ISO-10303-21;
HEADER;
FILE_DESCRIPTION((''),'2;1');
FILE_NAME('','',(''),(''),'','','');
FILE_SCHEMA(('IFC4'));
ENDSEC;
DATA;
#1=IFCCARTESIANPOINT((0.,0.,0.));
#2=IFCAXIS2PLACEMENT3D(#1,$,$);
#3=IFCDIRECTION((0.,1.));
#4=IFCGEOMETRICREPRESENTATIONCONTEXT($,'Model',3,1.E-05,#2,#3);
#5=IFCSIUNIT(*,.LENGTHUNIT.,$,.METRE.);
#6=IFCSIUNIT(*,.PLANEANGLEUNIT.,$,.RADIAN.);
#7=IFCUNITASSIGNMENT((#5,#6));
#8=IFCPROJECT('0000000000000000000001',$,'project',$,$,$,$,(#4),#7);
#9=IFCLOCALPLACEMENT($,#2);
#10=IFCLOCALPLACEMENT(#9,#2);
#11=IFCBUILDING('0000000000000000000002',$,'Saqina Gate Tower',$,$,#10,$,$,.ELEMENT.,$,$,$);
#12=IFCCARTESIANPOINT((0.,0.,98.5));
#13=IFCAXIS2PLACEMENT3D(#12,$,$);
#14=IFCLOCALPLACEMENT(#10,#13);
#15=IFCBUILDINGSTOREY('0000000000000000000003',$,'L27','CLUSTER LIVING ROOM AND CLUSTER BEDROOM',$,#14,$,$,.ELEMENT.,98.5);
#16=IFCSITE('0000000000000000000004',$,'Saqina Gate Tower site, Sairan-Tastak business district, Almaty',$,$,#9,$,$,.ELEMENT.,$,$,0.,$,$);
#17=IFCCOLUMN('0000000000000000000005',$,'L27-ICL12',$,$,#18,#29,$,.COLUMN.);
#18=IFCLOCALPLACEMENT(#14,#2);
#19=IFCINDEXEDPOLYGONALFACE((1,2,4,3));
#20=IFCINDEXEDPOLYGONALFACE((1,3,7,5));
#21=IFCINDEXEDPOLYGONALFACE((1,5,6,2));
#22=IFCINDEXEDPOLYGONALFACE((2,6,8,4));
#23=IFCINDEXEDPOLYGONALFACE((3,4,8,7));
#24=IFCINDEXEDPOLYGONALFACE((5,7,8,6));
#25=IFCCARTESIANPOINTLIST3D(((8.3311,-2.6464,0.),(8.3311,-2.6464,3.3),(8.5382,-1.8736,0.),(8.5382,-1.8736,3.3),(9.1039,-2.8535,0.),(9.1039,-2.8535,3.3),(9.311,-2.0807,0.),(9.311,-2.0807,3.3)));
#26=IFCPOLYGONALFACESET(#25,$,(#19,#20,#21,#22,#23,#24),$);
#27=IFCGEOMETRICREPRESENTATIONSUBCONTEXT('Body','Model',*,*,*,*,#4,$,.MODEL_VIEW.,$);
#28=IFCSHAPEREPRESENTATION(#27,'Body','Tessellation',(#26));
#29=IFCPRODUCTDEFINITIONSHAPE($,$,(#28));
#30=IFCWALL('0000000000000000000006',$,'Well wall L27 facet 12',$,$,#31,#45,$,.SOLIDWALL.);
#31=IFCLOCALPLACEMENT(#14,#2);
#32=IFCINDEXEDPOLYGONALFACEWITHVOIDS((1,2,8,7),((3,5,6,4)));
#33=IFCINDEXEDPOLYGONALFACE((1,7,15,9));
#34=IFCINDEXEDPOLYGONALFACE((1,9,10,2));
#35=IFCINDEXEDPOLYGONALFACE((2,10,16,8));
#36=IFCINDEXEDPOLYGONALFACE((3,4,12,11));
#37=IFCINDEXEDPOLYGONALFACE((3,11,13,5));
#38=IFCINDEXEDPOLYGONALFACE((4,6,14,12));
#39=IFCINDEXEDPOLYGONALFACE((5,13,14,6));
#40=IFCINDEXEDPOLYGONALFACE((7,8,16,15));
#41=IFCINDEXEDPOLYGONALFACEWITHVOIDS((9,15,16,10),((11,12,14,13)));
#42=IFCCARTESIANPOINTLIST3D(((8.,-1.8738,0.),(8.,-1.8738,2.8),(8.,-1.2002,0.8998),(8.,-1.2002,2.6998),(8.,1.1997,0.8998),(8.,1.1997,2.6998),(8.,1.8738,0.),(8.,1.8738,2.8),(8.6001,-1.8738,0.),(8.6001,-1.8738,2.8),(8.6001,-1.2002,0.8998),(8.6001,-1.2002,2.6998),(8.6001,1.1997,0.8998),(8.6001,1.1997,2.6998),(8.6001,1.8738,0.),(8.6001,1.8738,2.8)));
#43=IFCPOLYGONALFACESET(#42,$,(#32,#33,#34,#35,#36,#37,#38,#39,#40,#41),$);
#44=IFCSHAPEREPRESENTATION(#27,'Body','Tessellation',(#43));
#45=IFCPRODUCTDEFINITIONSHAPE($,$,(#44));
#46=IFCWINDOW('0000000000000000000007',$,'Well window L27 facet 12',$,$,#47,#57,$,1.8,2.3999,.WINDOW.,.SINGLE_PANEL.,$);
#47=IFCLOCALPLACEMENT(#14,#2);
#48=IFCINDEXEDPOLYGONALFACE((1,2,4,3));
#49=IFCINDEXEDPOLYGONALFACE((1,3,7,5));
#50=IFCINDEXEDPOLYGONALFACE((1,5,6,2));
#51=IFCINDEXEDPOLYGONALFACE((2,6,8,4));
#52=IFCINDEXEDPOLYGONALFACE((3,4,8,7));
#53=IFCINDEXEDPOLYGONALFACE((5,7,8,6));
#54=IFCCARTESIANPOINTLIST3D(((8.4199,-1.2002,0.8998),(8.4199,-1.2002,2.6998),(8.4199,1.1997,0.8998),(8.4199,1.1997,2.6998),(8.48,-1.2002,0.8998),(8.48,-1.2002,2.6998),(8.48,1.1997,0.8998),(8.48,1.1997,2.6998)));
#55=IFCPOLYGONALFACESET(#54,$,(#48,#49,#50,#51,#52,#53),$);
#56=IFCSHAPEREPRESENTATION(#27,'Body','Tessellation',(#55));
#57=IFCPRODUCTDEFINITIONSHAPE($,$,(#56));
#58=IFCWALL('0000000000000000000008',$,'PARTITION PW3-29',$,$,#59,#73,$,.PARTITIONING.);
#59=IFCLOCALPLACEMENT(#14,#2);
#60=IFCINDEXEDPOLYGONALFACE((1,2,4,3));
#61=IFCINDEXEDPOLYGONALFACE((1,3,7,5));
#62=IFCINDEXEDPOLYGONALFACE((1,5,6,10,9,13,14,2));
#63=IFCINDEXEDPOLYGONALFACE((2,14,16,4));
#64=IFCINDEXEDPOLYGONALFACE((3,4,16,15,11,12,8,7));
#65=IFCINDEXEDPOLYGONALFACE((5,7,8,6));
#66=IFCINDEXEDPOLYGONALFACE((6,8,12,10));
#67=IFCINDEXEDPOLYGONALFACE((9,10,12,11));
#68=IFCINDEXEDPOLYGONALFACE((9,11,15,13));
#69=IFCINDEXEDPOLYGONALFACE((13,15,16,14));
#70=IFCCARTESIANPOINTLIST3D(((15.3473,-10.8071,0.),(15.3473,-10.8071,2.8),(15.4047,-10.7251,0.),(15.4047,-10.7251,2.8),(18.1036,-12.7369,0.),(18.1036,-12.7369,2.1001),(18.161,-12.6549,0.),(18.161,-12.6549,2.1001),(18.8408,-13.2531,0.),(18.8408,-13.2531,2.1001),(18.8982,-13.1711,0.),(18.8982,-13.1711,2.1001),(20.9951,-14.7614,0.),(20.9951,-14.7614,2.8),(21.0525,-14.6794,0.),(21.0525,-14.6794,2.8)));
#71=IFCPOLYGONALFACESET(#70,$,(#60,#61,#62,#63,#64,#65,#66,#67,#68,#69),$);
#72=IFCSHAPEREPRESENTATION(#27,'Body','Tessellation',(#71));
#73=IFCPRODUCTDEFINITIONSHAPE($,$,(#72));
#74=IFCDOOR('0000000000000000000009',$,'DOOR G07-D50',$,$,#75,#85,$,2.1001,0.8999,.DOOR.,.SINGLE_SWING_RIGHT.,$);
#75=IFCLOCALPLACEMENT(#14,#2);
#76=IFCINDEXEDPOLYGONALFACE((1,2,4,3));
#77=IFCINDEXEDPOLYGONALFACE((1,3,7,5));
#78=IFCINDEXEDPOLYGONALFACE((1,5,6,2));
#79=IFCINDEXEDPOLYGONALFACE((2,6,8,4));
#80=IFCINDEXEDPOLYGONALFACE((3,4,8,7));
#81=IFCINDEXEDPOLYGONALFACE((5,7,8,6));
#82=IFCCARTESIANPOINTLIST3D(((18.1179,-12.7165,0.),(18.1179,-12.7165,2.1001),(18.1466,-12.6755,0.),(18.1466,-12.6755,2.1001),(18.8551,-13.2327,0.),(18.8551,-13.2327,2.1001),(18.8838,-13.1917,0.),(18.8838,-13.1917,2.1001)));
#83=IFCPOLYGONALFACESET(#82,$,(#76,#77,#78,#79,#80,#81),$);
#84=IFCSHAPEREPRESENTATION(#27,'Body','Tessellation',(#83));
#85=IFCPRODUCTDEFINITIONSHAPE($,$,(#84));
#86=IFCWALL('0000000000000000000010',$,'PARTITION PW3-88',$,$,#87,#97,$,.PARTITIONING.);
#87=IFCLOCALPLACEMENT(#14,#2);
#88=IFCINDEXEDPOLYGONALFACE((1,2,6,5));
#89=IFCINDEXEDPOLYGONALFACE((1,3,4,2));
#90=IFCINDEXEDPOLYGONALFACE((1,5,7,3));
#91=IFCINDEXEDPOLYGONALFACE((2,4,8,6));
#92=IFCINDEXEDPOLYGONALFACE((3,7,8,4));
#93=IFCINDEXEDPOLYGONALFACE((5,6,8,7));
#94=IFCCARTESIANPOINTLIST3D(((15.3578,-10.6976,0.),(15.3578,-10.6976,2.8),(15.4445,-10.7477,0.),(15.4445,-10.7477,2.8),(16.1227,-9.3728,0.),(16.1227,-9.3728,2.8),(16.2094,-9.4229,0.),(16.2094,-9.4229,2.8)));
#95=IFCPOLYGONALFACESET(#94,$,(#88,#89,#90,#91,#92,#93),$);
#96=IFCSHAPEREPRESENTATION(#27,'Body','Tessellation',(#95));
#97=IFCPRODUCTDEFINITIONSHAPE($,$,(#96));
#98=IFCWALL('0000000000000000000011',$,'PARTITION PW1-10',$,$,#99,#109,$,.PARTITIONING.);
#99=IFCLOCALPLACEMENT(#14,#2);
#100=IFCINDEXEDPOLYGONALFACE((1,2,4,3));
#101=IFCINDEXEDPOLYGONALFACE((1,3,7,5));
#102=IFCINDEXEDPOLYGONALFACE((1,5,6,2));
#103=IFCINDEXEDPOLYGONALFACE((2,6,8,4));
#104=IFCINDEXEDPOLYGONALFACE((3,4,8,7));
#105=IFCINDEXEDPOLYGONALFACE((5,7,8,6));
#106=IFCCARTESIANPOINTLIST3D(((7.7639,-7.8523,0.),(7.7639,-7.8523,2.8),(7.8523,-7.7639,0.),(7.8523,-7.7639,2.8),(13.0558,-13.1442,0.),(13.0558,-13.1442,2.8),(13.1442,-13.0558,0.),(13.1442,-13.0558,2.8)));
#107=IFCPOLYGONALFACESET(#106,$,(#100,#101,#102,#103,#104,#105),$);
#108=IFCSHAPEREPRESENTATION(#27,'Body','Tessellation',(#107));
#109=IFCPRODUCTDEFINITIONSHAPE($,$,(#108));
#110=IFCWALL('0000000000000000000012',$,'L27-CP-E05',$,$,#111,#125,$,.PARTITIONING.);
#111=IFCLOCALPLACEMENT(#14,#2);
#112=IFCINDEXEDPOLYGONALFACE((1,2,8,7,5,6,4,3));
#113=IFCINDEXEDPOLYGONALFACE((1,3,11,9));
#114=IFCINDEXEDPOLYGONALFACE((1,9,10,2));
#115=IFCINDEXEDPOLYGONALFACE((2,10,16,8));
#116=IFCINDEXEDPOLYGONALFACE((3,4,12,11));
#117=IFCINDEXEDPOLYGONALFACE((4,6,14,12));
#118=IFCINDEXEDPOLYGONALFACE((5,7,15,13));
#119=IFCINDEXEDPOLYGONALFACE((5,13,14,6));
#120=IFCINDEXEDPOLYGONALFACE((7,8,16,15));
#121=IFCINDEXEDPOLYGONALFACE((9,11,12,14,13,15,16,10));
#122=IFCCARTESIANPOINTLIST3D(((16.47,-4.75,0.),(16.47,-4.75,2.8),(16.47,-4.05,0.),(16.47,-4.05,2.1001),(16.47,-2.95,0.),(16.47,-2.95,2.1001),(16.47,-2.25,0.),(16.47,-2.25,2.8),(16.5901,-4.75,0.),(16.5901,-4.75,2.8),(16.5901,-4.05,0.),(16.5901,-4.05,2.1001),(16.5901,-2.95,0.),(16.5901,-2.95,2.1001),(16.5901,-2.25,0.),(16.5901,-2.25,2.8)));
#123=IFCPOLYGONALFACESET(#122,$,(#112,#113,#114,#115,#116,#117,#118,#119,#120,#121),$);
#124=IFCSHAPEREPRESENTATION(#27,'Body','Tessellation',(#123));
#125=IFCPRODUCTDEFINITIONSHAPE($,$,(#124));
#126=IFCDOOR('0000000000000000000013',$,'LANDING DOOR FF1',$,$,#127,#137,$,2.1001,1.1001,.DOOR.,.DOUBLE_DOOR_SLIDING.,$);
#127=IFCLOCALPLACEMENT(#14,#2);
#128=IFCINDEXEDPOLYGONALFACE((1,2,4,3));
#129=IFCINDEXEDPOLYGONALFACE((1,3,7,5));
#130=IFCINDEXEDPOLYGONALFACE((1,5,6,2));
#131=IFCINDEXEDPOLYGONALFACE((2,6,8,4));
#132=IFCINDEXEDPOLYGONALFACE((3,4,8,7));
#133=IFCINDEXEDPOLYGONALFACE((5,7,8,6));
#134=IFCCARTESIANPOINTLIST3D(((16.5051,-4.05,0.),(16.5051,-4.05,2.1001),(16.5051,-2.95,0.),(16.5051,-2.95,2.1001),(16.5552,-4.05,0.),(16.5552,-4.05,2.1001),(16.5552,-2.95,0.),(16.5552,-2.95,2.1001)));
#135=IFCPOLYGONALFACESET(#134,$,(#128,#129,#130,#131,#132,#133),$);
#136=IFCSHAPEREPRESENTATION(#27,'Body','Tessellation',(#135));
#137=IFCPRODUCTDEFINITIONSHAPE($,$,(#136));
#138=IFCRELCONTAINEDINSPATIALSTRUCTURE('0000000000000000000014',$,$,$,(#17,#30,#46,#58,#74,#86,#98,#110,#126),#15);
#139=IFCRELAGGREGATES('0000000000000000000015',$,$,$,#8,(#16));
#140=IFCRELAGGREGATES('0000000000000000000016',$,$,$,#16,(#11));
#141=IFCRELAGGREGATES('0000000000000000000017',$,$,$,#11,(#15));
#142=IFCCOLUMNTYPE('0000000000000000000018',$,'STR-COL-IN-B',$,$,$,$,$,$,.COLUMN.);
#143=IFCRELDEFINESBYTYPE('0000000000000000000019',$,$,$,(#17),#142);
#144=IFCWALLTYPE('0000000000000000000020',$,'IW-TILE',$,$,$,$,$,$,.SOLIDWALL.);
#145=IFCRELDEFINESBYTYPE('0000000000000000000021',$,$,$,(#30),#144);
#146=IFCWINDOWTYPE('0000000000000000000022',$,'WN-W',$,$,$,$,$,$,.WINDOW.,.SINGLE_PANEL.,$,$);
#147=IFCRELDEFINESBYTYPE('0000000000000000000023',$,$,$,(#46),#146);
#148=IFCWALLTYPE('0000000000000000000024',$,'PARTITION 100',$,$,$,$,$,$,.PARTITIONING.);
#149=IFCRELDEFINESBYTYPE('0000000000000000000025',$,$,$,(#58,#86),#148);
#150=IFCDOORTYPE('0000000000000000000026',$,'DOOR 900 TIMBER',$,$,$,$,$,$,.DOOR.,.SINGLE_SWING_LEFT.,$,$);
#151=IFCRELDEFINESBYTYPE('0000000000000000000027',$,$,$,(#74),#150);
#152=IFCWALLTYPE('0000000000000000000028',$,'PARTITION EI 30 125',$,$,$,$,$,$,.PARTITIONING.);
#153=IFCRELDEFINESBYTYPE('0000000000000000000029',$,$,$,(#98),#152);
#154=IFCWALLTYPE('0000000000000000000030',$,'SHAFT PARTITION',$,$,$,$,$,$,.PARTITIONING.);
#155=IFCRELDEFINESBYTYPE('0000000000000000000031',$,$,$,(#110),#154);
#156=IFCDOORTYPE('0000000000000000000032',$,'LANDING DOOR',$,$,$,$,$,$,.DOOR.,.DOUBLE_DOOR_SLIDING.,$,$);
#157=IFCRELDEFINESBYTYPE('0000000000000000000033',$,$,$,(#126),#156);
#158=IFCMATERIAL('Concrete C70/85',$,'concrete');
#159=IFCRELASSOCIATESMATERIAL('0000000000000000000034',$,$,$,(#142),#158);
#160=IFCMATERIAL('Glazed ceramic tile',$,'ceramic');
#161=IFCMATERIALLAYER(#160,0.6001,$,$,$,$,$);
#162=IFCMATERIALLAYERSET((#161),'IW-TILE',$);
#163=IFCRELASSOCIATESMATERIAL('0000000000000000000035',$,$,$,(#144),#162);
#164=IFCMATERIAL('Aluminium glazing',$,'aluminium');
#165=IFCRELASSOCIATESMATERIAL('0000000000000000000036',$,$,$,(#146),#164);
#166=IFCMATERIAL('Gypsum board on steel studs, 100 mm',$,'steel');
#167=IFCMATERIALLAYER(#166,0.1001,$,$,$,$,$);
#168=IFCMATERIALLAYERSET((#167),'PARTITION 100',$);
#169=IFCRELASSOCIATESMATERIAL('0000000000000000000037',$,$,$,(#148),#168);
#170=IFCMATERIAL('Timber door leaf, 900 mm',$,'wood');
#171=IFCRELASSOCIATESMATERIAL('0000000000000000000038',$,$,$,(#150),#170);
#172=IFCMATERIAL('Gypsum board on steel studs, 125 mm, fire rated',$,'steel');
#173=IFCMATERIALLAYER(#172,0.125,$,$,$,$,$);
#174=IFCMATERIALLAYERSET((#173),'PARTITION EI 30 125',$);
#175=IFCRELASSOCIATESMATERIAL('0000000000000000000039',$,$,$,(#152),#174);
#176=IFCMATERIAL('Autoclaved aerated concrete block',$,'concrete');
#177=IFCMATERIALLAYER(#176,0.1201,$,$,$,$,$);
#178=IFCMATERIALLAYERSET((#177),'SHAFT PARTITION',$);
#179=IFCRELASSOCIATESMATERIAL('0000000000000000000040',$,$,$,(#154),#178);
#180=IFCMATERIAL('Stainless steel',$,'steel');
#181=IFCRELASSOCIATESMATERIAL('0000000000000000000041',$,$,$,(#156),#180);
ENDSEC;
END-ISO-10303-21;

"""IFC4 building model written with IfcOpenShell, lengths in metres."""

from ifc_helpers import new_model, si_unit, direction, frame, frame_2d, origin, origin_2d, place, context, subcontext, project, spatial, rectangle, extrude, material, layer, layer_set, material_profile, profile_set, type_object, element, fill, save


model = new_model("IFC4")

# Units and contexts
model_context = context("Model", 3, precision=1e-05, world=origin(), true_north=direction((0.0, 1.0)))
body_context = subcontext(model_context, "Body", "Model", "MODEL_VIEW")
ifc_project = project(units=[si_unit("LENGTHUNIT", "METRE"), si_unit("PLANEANGLEUNIT", "RADIAN")], contexts=[model_context])

# Site, building, storey
site_placement = place(None, origin())
site = spatial("IfcSite", under=ifc_project, at=site_placement, Name="Saqina Gate Tower site, Sairan-Tastak business district, Almaty", CompositionType="ELEMENT", RefElevation=0.0)
building_placement = place(site_placement, origin())
building = spatial("IfcBuilding", under=site, at=building_placement, Name="Saqina Gate Tower", CompositionType="ELEMENT")
storey_placement = place(building_placement, frame((0.0, 0.0, 98.5)))
storey = spatial("IfcBuildingStorey", under=building, at=storey_placement, Name="L27", Description="CLUSTER LIVING ROOM AND CLUSTER BEDROOM", CompositionType="ELEMENT", Elevation=98.5)

# Column
ifc_material_1 = material(Name="Concrete C70/85", Category="concrete")
ifc_material_profile = material_profile(ifc_material_1, rectangle(XDim=0.8, YDim=0.8, at=origin_2d()), Name="RC 800x800")
ifc_profile_set = profile_set([ifc_material_profile], Name="Concrete C70/85")
column_type = type_object("IfcColumnType", Name="STR-COL-IN-B", PredefinedType="COLUMN", material=ifc_profile_set)
column_placement = place(storey_placement, frame((8.821, -2.3635, 0.0), z_axis=(0.0, 0.0, 1.0), x_axis=(0.965926, -0.258819, 0.0)))
element("IfcColumn", 1, at=column_placement, inside=storey, type_object=column_type, Name="L27-ICL12", PredefinedType="COLUMN", context=body_context, shape_type="SweptSolid", body=[
    extrude(rectangle(XDim=0.8, YDim=0.8, at=origin_2d()), origin(), (0.0, 0.0, 1.0), 3.3),
])

# Wall, opening, window
ifc_material_2 = material(Name="Glazed ceramic tile", Category="ceramic")
ifc_layer_1 = layer(ifc_material_2, 0.6001)
ifc_layer_set_1 = layer_set([ifc_layer_1], Name="IW-TILE")
wall_type_1 = type_object("IfcWallType", Name="IW-TILE", PredefinedType="SOLIDWALL", material=ifc_layer_set_1)
wall_1_placement = place(storey_placement, frame((8.3, -1.8738, 0.0), z_axis=(0.0, 0.0, 1.0), x_axis=(0.0, 1.0, 0.0)))
wall_1 = element("IfcWall", 2, at=wall_1_placement, inside=storey, type_object=wall_type_1, Name="Well wall L27 facet 12", PredefinedType="SOLIDWALL", context=body_context, shape_type="SweptSolid", body=[
    extrude(rectangle(XDim=3.7476, YDim=0.6001, at=frame_2d((1.8738, 0.0))), origin(), (0.0, 0.0, 1.0), 2.8),
])
opening_1_placement = place(wall_1_placement, frame((0.6736, 0.0, 0.8999)))
opening_1 = element("IfcOpeningElement", 3, at=opening_1_placement, cuts=wall_1, PredefinedType="OPENING", context=body_context, shape_type="SweptSolid", body=[
    extrude(rectangle(XDim=2.3999, YDim=1.8, at=frame_2d((1.2, 0.8999))), frame((0.0, 0.312, 0.0), z_axis=(0.0, -1.0, 0.0), x_axis=(1.0, 0.0, 0.0)), (0.0, 0.0, 1.0), 0.624),
])
ifc_material_3 = material(Name="Aluminium glazing", Category="aluminium")
window_type = type_object("IfcWindowType", Name="WN-W", PartitioningType="SINGLE_PANEL", PredefinedType="WINDOW", material=ifc_material_3)
window_placement = place(opening_1_placement, origin())
window = element("IfcWindow", 4, at=window_placement, inside=storey, type_object=window_type, Name="Well window L27 facet 12", OverallHeight=1.8, OverallWidth=2.3999, PartitioningType="SINGLE_PANEL", PredefinedType="WINDOW", context=body_context, shape_type="SweptSolid", body=[
    extrude(rectangle(XDim=2.3999, YDim=1.8, at=frame_2d((1.2, 0.8999))), frame((0.0, -0.1199, 0.0), z_axis=(0.0, -1.0, 0.0), x_axis=(1.0, 0.0, 0.0)), (0.0, 0.0, 1.0), 0.0601),
])
fill(opening_1, window)

# Wall, opening, door
ifc_material_4 = material(Name="Gypsum board on steel studs, 100 mm", Category="steel")
ifc_layer_2 = layer(ifc_material_4, 0.1001)
ifc_layer_set_2 = layer_set([ifc_layer_2], Name="PARTITION 100")
wall_type_2 = type_object("IfcWallType", Name="PARTITION 100", PredefinedType="PARTITIONING", material=ifc_layer_set_2)
wall_2_placement = place(storey_placement, frame((15.376, -10.7661, 0.0), z_axis=(0.0, 0.0, 1.0), x_axis=(0.819179, -0.573538, 0.0)))
wall_2 = element("IfcWall", 5, at=wall_2_placement, inside=storey, type_object=wall_type_2, Name="PARTITION PW3-29", PredefinedType="PARTITIONING", context=body_context, shape_type="SweptSolid", body=[
    extrude(rectangle(XDim=6.8945, YDim=0.1001, at=frame_2d((3.4473, 0.0))), origin(), (0.0, 0.0, 1.0), 2.8),
])
opening_2_placement = place(wall_2_placement, frame((3.3647, 0.0, 0.0)))
opening_2 = element("IfcOpeningElement", 6, at=opening_2_placement, cuts=wall_2, PredefinedType="OPENING", context=body_context, shape_type="SweptSolid", body=[
    extrude(rectangle(XDim=0.8999, YDim=2.1001, at=frame_2d((0.45, 1.05))), frame((0.0, 0.062, 0.0), z_axis=(0.0, -1.0, 0.0), x_axis=(1.0, 0.0, 0.0)), (0.0, 0.0, 1.0), 0.124),
])
ifc_material_5 = material(Name="Timber door leaf, 900 mm", Category="wood")
door_type_1 = type_object("IfcDoorType", Name="DOOR 900 TIMBER", OperationType="SINGLE_SWING_LEFT", PredefinedType="DOOR", material=ifc_material_5)
door_1_placement = place(opening_2_placement, origin())
door_1 = element("IfcDoor", 7, at=door_1_placement, inside=storey, type_object=door_type_1, Name="DOOR G07-D50", OperationType="SINGLE_SWING_RIGHT", OverallHeight=2.1001, OverallWidth=0.8999, PredefinedType="DOOR", context=body_context, shape_type="SweptSolid", body=[
    extrude(rectangle(XDim=0.8999, YDim=2.1001, at=frame_2d((0.45, 1.05))), frame((0.0, 0.0249, 0.0), z_axis=(0.0, -1.0, 0.0), x_axis=(1.0, 0.0, 0.0)), (0.0, 0.0, 1.0), 0.05),
])
fill(opening_2, door_1)

# Walls
wall_3_placement = place(storey_placement, frame((15.4011, -10.7227, 0.0), z_axis=(0.0, 0.0, 1.0), x_axis=(0.500036, 0.866005, 0.0)))
element("IfcWall", 8, at=wall_3_placement, inside=storey, type_object=wall_type_2, Name="PARTITION PW3-88", PredefinedType="PARTITIONING", context=body_context, shape_type="SweptSolid", body=[
    extrude(rectangle(XDim=1.5298, YDim=0.1001, at=frame_2d((0.7649, 0.0))), origin(), (0.0, 0.0, 1.0), 2.8),
])
ifc_material_6 = material(Name="Gypsum board on steel studs, 125 mm, fire rated", Category="steel")
ifc_layer_3 = layer(ifc_material_6, 0.125)
ifc_layer_set_3 = layer_set([ifc_layer_3], Name="PARTITION EI 30 125")
wall_type_3 = type_object("IfcWallType", Name="PARTITION EI 30 125", PredefinedType="PARTITIONING", material=ifc_layer_set_3)
wall_4_placement = place(storey_placement, frame((7.8081, -7.8081, 0.0), z_axis=(0.0, 0.0, 1.0), x_axis=(0.707107, -0.707107, 0.0)))
element("IfcWall", 9, at=wall_4_placement, inside=storey, type_object=wall_type_3, Name="PARTITION PW1-10", PredefinedType="PARTITIONING", context=body_context, shape_type="SweptSolid", body=[
    extrude(rectangle(XDim=7.4839, YDim=0.125, at=frame_2d((3.7419, 0.0))), origin(), (0.0, 0.0, 1.0), 2.8),
])

# Wall, opening, door
ifc_material_7 = material(Name="Autoclaved aerated concrete block", Category="concrete")
ifc_layer_4 = layer(ifc_material_7, 0.1201)
ifc_layer_set_4 = layer_set([ifc_layer_4], Name="SHAFT PARTITION")
wall_type_4 = type_object("IfcWallType", Name="SHAFT PARTITION", PredefinedType="PARTITIONING", material=ifc_layer_set_4)
wall_5_placement = place(storey_placement, frame((16.53, -4.75, 0.0), z_axis=(0.0, 0.0, 1.0), x_axis=(0.0, 1.0, 0.0)))
wall_5 = element("IfcWall", 10, at=wall_5_placement, inside=storey, type_object=wall_type_4, Name="L27-CP-E05", PredefinedType="PARTITIONING", context=body_context, shape_type="SweptSolid", body=[
    extrude(rectangle(XDim=2.5, YDim=0.1201, at=frame_2d((1.25, 0.0))), origin(), (0.0, 0.0, 1.0), 2.8),
])
opening_3_placement = place(wall_5_placement, frame((0.7, 0.0, 0.0)))
opening_3 = element("IfcOpeningElement", 11, at=opening_3_placement, cuts=wall_5, PredefinedType="OPENING", context=body_context, shape_type="SweptSolid", body=[
    extrude(rectangle(XDim=1.1001, YDim=2.1001, at=frame_2d((0.55, 1.05))), frame((0.0, 0.072, 0.0), z_axis=(0.0, -1.0, 0.0), x_axis=(1.0, 0.0, 0.0)), (0.0, 0.0, 1.0), 0.144),
])
ifc_material_8 = material(Name="Stainless steel", Category="steel")
door_type_2 = type_object("IfcDoorType", Name="LANDING DOOR", OperationType="DOUBLE_DOOR_SLIDING", PredefinedType="DOOR", material=ifc_material_8)
door_2_placement = place(opening_3_placement, origin())
door_2 = element("IfcDoor", 12, at=door_2_placement, inside=storey, type_object=door_type_2, Name="LANDING DOOR FF1", OperationType="DOUBLE_DOOR_SLIDING", OverallHeight=2.1001, OverallWidth=1.1001, PredefinedType="DOOR", context=body_context, shape_type="SweptSolid", body=[
    extrude(rectangle(XDim=1.1001, YDim=2.1001, at=frame_2d((0.55, 1.05))), frame((0.0, 0.0249, 0.0), z_axis=(0.0, -1.0, 0.0), x_axis=(1.0, 0.0, 0.0)), (0.0, 0.0, 1.0), 0.05),
])
fill(opening_3, door_2)

save(model, "model.ifc")
